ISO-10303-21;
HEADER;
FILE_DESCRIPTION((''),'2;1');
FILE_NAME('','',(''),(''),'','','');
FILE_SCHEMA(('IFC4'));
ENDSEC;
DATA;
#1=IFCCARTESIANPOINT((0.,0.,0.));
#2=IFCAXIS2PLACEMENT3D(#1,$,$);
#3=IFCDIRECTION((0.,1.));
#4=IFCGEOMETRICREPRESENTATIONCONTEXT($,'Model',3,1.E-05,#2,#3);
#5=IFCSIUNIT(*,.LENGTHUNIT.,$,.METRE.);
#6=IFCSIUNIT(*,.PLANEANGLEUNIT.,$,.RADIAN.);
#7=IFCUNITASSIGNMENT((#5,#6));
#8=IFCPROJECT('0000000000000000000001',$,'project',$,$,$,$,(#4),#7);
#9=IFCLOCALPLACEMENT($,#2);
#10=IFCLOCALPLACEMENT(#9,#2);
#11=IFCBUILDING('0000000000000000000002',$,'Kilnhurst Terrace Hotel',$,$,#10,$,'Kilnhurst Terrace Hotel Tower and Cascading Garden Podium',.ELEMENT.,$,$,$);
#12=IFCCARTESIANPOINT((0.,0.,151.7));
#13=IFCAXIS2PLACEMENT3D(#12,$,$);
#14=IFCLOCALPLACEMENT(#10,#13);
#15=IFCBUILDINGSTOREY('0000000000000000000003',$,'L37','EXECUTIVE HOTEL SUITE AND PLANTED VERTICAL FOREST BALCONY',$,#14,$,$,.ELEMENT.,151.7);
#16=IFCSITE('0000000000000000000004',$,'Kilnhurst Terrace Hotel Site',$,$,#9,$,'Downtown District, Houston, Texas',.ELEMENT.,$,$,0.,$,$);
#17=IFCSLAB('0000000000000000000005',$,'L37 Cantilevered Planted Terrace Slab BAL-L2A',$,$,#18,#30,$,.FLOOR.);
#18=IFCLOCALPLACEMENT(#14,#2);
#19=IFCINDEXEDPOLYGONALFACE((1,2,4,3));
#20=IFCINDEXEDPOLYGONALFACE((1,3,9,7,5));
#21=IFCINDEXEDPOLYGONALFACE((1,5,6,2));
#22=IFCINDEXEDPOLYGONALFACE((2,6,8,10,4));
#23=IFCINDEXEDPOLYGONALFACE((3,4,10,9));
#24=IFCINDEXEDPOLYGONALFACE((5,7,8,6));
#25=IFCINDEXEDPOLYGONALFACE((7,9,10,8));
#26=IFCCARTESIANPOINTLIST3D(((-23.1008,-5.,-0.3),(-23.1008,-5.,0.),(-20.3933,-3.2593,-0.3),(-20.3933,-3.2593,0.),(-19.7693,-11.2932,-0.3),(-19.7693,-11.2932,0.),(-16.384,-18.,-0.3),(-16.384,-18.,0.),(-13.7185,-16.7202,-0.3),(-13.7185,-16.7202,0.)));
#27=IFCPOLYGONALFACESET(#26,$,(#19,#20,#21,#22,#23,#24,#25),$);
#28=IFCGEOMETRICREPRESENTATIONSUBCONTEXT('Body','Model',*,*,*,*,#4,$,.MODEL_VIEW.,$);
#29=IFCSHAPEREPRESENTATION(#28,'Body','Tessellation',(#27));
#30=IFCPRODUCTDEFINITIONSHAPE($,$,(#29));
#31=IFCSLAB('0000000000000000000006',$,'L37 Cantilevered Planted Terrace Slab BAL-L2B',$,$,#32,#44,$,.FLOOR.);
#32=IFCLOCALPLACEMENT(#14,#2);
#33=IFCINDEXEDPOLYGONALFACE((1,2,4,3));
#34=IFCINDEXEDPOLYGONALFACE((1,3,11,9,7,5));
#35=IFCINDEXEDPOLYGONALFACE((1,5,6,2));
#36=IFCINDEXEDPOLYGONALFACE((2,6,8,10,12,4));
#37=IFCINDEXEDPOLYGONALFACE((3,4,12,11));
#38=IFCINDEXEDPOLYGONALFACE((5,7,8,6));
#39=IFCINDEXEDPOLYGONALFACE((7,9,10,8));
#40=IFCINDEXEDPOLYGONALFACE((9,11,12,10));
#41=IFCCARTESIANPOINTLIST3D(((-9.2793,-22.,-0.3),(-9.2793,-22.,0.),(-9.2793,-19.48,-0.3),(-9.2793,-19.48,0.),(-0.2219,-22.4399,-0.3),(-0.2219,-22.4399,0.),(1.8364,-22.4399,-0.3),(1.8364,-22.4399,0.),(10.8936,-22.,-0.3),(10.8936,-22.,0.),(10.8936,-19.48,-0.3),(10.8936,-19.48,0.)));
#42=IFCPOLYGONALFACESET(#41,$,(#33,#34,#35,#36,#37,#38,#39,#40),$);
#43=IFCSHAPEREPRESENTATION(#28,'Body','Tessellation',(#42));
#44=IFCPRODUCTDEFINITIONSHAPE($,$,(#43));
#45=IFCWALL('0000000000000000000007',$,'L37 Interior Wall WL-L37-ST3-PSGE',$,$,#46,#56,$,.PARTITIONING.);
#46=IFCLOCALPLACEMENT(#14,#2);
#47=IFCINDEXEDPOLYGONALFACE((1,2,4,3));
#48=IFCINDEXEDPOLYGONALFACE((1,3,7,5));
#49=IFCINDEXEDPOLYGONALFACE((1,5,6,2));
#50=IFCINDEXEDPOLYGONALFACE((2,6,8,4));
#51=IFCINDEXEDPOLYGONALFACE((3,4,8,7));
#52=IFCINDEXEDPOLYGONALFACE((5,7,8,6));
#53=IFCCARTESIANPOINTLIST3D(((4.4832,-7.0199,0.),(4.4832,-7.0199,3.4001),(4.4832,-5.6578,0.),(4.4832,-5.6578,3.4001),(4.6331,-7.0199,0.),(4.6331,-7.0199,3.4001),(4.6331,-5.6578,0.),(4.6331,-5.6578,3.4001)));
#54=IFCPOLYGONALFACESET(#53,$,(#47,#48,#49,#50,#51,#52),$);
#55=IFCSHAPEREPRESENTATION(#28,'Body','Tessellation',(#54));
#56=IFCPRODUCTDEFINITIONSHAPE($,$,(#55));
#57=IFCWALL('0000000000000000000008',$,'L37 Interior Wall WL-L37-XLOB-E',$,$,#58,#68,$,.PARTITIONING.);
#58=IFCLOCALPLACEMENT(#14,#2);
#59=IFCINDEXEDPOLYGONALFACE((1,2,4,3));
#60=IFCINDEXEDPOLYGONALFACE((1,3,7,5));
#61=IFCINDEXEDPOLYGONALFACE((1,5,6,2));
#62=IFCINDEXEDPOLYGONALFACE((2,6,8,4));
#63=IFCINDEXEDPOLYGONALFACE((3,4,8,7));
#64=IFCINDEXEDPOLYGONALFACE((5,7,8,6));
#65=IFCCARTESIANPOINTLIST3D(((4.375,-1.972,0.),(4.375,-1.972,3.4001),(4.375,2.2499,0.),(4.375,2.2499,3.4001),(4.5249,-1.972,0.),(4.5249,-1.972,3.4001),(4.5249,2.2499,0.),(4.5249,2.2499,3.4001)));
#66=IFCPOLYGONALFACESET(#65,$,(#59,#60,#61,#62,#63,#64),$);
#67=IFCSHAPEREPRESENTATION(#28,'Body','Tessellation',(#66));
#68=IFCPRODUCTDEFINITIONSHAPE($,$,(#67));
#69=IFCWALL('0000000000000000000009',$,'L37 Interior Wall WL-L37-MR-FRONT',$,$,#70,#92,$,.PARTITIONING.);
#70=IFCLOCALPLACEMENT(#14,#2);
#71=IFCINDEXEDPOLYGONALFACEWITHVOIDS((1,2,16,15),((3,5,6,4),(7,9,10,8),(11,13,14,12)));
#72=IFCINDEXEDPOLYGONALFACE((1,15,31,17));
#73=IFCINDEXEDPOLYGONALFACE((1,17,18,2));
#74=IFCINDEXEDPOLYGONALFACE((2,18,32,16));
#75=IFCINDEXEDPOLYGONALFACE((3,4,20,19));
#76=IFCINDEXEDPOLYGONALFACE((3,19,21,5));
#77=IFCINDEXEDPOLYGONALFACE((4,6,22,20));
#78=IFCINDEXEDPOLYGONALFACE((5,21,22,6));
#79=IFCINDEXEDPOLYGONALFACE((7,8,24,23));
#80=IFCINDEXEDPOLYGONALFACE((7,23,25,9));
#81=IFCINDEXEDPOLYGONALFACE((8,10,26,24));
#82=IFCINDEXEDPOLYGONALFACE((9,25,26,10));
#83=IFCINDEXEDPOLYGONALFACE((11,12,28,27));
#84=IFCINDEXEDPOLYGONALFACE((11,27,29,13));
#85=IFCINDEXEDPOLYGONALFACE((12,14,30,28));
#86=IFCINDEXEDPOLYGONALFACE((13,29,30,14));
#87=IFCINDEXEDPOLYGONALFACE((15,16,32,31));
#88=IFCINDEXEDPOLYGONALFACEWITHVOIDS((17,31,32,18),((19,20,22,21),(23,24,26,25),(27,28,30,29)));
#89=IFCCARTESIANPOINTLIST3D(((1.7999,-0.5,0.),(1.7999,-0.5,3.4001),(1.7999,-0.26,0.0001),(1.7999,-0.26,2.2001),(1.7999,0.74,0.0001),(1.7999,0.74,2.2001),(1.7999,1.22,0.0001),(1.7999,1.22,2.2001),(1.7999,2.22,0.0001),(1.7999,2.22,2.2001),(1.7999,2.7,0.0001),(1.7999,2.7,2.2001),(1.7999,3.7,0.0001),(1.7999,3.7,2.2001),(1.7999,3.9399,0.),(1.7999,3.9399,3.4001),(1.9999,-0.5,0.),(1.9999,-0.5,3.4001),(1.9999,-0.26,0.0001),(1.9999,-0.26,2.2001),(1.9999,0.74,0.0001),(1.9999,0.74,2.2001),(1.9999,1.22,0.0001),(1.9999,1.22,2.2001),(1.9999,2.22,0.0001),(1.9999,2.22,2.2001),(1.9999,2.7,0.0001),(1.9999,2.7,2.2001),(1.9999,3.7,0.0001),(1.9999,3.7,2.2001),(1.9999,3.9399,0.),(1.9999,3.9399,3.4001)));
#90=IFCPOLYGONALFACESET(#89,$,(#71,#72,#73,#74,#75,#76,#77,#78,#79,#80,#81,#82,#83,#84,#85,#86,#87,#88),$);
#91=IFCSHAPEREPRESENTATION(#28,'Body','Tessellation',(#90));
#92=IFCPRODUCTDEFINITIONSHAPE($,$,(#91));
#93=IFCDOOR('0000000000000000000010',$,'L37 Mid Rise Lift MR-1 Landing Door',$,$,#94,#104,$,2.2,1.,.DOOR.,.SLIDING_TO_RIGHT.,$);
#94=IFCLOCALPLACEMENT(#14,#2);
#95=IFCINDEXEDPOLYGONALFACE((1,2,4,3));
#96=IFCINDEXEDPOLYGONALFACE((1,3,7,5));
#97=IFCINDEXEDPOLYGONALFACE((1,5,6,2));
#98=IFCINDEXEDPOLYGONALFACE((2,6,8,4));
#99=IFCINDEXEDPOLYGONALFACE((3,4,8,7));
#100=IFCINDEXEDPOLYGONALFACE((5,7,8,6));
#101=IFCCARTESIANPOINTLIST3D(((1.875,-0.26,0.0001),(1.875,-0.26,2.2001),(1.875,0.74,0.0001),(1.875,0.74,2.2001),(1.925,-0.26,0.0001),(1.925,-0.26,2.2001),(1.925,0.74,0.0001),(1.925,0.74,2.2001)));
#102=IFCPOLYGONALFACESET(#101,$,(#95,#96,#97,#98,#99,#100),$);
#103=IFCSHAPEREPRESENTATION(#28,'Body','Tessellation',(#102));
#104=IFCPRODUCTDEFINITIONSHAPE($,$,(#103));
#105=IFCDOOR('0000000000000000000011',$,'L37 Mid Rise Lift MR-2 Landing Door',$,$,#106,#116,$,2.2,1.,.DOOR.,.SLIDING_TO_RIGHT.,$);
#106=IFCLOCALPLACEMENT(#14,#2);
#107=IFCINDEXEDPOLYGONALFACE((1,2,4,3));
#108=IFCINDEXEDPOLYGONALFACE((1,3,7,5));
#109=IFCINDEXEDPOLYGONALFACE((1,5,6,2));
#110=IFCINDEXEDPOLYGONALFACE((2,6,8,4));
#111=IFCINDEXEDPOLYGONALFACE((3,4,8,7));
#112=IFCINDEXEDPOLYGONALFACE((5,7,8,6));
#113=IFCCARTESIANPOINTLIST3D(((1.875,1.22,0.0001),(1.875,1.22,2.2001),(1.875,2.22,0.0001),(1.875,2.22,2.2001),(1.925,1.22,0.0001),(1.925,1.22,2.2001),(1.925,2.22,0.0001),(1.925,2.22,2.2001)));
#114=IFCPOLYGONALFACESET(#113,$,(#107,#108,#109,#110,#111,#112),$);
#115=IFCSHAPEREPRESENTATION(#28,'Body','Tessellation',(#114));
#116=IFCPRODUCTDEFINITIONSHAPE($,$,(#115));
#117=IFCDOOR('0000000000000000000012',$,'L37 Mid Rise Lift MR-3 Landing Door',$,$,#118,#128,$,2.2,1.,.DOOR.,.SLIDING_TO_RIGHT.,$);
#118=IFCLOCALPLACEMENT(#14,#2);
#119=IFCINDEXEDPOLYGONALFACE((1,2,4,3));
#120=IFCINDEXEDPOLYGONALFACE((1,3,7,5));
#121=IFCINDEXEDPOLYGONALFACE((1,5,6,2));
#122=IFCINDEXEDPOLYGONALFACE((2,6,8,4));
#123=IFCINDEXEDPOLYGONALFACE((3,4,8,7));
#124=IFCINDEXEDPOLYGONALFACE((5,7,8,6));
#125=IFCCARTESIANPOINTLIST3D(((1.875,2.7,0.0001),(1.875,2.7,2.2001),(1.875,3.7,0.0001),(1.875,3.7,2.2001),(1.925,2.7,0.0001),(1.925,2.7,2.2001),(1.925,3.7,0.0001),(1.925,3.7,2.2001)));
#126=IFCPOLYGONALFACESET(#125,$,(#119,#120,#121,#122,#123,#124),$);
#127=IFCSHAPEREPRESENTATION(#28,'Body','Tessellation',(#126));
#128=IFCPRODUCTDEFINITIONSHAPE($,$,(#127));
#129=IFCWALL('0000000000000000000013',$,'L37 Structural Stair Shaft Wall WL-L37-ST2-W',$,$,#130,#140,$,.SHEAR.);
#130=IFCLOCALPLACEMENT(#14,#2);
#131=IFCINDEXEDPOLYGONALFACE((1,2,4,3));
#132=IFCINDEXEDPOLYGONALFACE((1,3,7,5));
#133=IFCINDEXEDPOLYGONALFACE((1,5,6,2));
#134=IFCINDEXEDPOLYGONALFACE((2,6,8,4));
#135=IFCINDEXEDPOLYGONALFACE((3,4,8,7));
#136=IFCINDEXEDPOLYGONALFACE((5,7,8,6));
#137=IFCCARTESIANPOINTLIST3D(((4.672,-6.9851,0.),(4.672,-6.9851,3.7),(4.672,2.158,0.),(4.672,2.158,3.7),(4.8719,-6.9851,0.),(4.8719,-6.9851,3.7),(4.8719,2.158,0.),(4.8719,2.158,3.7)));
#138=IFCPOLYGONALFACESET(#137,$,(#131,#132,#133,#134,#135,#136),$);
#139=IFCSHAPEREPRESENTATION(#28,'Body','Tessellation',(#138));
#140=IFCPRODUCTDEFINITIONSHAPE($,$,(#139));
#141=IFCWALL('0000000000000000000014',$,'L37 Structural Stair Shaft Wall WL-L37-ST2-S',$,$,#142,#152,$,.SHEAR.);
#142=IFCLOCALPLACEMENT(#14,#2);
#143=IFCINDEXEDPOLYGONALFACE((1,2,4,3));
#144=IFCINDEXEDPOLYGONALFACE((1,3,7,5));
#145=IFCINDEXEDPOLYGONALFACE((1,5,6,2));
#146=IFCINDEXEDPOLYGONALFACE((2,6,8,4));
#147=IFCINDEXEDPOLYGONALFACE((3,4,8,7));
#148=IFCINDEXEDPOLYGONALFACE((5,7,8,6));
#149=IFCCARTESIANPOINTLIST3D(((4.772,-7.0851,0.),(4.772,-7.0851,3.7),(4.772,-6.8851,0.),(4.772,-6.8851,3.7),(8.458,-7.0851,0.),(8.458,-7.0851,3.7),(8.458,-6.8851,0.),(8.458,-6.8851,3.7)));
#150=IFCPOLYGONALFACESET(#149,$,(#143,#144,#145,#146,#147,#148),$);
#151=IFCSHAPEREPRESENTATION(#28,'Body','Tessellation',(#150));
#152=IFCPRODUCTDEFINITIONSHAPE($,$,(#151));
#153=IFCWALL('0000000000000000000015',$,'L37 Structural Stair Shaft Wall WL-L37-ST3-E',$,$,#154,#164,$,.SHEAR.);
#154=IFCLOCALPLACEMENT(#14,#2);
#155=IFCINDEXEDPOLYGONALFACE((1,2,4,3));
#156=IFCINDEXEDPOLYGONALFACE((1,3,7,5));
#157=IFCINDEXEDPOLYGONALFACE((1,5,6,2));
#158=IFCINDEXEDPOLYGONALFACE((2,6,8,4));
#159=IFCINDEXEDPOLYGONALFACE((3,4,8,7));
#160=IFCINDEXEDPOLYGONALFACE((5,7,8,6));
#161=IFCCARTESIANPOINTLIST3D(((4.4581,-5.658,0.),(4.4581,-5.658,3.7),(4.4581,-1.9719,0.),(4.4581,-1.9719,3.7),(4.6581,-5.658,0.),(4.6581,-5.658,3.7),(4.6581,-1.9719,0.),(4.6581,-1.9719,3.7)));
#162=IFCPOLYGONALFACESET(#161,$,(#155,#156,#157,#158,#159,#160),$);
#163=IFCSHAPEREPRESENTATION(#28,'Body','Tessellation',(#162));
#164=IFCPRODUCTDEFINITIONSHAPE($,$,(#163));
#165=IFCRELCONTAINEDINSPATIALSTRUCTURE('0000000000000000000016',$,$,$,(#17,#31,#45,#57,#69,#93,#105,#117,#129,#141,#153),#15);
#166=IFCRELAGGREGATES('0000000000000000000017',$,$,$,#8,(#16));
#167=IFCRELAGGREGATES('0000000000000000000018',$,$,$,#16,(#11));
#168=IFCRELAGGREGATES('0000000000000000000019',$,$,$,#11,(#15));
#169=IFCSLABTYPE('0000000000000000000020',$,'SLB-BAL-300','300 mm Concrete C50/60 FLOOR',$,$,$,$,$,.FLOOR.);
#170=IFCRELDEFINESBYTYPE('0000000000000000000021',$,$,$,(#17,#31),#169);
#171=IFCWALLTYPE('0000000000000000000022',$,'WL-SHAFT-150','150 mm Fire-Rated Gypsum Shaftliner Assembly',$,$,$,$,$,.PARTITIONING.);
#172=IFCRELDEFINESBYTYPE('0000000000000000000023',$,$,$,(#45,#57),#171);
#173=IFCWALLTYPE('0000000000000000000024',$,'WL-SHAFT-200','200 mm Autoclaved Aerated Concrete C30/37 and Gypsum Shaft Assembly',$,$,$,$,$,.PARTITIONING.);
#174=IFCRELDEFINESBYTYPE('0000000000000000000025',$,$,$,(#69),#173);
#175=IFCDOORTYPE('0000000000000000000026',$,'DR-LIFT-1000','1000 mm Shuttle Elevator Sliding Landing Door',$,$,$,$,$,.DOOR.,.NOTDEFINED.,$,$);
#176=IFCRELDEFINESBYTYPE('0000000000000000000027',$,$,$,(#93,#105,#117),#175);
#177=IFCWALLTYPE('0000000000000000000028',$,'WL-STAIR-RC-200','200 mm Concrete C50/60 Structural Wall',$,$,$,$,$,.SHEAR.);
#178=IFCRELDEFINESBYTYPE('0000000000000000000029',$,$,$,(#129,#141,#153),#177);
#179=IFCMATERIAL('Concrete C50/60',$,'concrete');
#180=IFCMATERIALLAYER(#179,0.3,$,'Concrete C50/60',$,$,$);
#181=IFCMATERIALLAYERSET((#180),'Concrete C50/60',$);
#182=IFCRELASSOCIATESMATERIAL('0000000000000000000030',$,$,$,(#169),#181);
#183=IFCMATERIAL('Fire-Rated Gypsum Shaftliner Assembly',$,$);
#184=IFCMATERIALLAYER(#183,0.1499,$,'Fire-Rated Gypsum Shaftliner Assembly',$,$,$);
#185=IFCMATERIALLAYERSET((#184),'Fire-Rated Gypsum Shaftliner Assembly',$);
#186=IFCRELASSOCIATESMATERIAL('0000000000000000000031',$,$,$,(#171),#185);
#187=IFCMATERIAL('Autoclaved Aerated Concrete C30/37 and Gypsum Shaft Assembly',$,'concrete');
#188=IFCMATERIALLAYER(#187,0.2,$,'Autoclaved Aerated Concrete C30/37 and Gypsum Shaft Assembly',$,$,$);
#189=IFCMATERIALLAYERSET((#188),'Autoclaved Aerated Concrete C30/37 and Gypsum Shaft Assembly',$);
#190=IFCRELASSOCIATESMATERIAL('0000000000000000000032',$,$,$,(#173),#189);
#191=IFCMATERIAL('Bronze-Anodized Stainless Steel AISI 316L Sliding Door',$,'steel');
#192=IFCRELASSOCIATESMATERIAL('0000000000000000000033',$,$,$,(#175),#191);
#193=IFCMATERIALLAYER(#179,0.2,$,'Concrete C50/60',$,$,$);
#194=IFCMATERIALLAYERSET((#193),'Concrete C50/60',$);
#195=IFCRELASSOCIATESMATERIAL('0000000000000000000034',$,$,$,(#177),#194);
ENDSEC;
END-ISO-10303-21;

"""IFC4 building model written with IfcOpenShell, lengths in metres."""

from ifc_helpers import new_model, si_unit, direction, frame, frame_2d, origin, place, context, subcontext, project, spatial, polyline, rectangle, outline, extrude, material, layer, layer_set, type_object, element, fill, save


model = new_model("IFC4")

# Units and contexts
model_context = context("Model", 3, precision=1e-05, world=origin(), true_north=direction((0.0, 1.0)))
body_context = subcontext(model_context, "Body", "Model", "MODEL_VIEW")
ifc_project = project(units=[si_unit("LENGTHUNIT", "METRE"), si_unit("PLANEANGLEUNIT", "RADIAN")], contexts=[model_context])

# Site, building, storey
site_placement = place(None, origin())
site = spatial("IfcSite", under=ifc_project, at=site_placement, Name="Kilnhurst Terrace Hotel Site", LongName="Downtown District, Houston, Texas", CompositionType="ELEMENT", RefElevation=0.0)
building_placement = place(site_placement, origin())
building = spatial("IfcBuilding", under=site, at=building_placement, Name="Kilnhurst Terrace Hotel", LongName="Kilnhurst Terrace Hotel Tower and Cascading Garden Podium", CompositionType="ELEMENT")
storey_placement = place(building_placement, frame((0.0, 0.0, 151.7)))
storey = spatial("IfcBuildingStorey", under=building, at=storey_placement, Name="L37", Description="EXECUTIVE HOTEL SUITE AND PLANTED VERTICAL FOREST BALCONY", CompositionType="ELEMENT", Elevation=151.7)

# Slabs
ifc_material_1 = material(Name="Concrete C50/60", Category="concrete")
ifc_layer_1 = layer(ifc_material_1, 0.3, Name="Concrete C50/60")
ifc_layer_set_1 = layer_set([ifc_layer_1], Name="Concrete C50/60")
slab_type = type_object("IfcSlabType", Name="SLB-BAL-300", Description="300 mm Concrete C50/60 FLOOR", PredefinedType="FLOOR", material=ifc_layer_set_1)
slab_1_placement = place(storey_placement, frame((0.0, 0.0, -0.3)))
element("IfcSlab", 1, at=slab_1_placement, inside=storey, type_object=slab_type, Name="L37 Cantilevered Planted Terrace Slab BAL-L2A", PredefinedType="FLOOR", context=body_context, shape_type="SweptSolid", body=[
    extrude(outline(polyline([(-23.1008, -5.0), (-20.3933, -3.2593), (-13.7185, -16.7202), (-16.384, -18.0), (-19.7693, -11.2932), (-23.1008, -5.0)])), origin(), (0.0, 0.0, 1.0), 0.3),
])
slab_2_placement = place(storey_placement, frame((0.0, 0.0, -0.3)))
element("IfcSlab", 2, at=slab_2_placement, inside=storey, type_object=slab_type, Name="L37 Cantilevered Planted Terrace Slab BAL-L2B", PredefinedType="FLOOR", context=body_context, shape_type="SweptSolid", body=[
    extrude(outline(polyline([(-0.2219, -22.4399), (-9.2793, -22.0), (-9.2793, -19.48), (10.8936, -19.48), (10.8936, -22.0), (1.8364, -22.4399), (-0.2219, -22.4399)])), origin(), (0.0, 0.0, 1.0), 0.3),
])

# Walls
ifc_material_2 = material(Name="Fire-Rated Gypsum Shaftliner Assembly")
ifc_layer_2 = layer(ifc_material_2, 0.1499, Name="Fire-Rated Gypsum Shaftliner Assembly")
ifc_layer_set_2 = layer_set([ifc_layer_2], Name="Fire-Rated Gypsum Shaftliner Assembly")
wall_type_1 = type_object("IfcWallType", Name="WL-SHAFT-150", Description="150 mm Fire-Rated Gypsum Shaftliner Assembly", PredefinedType="PARTITIONING", material=ifc_layer_set_2)
wall_1_placement = place(storey_placement, frame((4.5581, -7.02, 0.0), z_axis=(0.0, 0.0, 1.0), x_axis=(0.0, 1.0, 0.0)))
element("IfcWall", 3, at=wall_1_placement, inside=storey, type_object=wall_type_1, Name="L37 Interior Wall WL-L37-ST3-PSGE", PredefinedType="PARTITIONING", context=body_context, shape_type="SweptSolid", body=[
    extrude(rectangle(XDim=1.3621, YDim=0.1499, at=frame_2d((0.6812, 0.0))), origin(), (0.0, 0.0, 1.0), 3.4001),
])
wall_2_placement = place(storey_placement, frame((4.45, -1.9719, 0.0), z_axis=(0.0, 0.0, 1.0), x_axis=(0.0, 1.0, 0.0)))
element("IfcWall", 4, at=wall_2_placement, inside=storey, type_object=wall_type_1, Name="L37 Interior Wall WL-L37-XLOB-E", PredefinedType="PARTITIONING", context=body_context, shape_type="SweptSolid", body=[
    extrude(rectangle(XDim=4.2219, YDim=0.1499, at=frame_2d((2.1108, 0.0))), origin(), (0.0, 0.0, 1.0), 3.4001),
])

# Wall, openings, doors
ifc_material_3 = material(Name="Autoclaved Aerated Concrete C30/37 and Gypsum Shaft Assembly", Category="concrete")
ifc_layer_3 = layer(ifc_material_3, 0.2, Name="Autoclaved Aerated Concrete C30/37 and Gypsum Shaft Assembly")
ifc_layer_set_3 = layer_set([ifc_layer_3], Name="Autoclaved Aerated Concrete C30/37 and Gypsum Shaft Assembly")
wall_type_2 = type_object("IfcWallType", Name="WL-SHAFT-200", Description="200 mm Autoclaved Aerated Concrete C30/37 and Gypsum Shaft Assembly", PredefinedType="PARTITIONING", material=ifc_layer_set_3)
wall_3_placement = place(storey_placement, frame((1.8999, -0.5, 0.0), z_axis=(0.0, 0.0, 1.0), x_axis=(0.0, 1.0, 0.0)))
wall_3 = element("IfcWall", 5, at=wall_3_placement, inside=storey, type_object=wall_type_2, Name="L37 Interior Wall WL-L37-MR-FRONT", PredefinedType="PARTITIONING", context=body_context, shape_type="SweptSolid", body=[
    extrude(rectangle(XDim=4.4399, YDim=0.2, at=frame_2d((2.22, 0.0))), origin(), (0.0, 0.0, 1.0), 3.4001),
])
opening_1_placement = place(wall_3_placement, frame((0.24, 0.0, 0.0)))
opening_1 = element("IfcOpeningElement", 6, at=opening_1_placement, cuts=wall_3, PredefinedType="OPENING", context=body_context, shape_type="SweptSolid", body=[
    extrude(rectangle(XDim=1.0, YDim=2.2, at=frame_2d((0.5, 1.1001))), frame((0.0, 0.1099, 0.0), z_axis=(0.0, -1.0, 0.0), x_axis=(1.0, 0.0, 0.0)), (0.0, 0.0, 1.0), 0.22),
])
opening_2_placement = place(wall_3_placement, frame((1.72, 0.0, 0.0)))
opening_2 = element("IfcOpeningElement", 7, at=opening_2_placement, cuts=wall_3, PredefinedType="OPENING", context=body_context, shape_type="SweptSolid", body=[
    extrude(rectangle(XDim=1.0, YDim=2.2, at=frame_2d((0.5, 1.1001))), frame((0.0, 0.1099, 0.0), z_axis=(0.0, -1.0, 0.0), x_axis=(1.0, 0.0, 0.0)), (0.0, 0.0, 1.0), 0.22),
])
opening_3_placement = place(wall_3_placement, frame((3.2, 0.0, 0.0)))
opening_3 = element("IfcOpeningElement", 8, at=opening_3_placement, cuts=wall_3, PredefinedType="OPENING", context=body_context, shape_type="SweptSolid", body=[
    extrude(rectangle(XDim=1.0, YDim=2.2, at=frame_2d((0.5, 1.1001))), frame((0.0, 0.1099, 0.0), z_axis=(0.0, -1.0, 0.0), x_axis=(1.0, 0.0, 0.0)), (0.0, 0.0, 1.0), 0.22),
])
ifc_material_4 = material(Name="Bronze-Anodized Stainless Steel AISI 316L Sliding Door", Category="steel")
door_type = type_object("IfcDoorType", Name="DR-LIFT-1000", Description="1000 mm Shuttle Elevator Sliding Landing Door", OperationType="NOTDEFINED", PredefinedType="DOOR", material=ifc_material_4)
door_1_placement = place(opening_1_placement, origin())
door_1 = element("IfcDoor", 9, at=door_1_placement, inside=storey, type_object=door_type, Name="L37 Mid Rise Lift MR-1 Landing Door", OperationType="SLIDING_TO_RIGHT", OverallHeight=2.2, OverallWidth=1.0, PredefinedType="DOOR", context=body_context, shape_type="SweptSolid", body=[
    extrude(rectangle(XDim=1.0, YDim=2.2, at=frame_2d((0.5, 1.1001))), frame((0.0, 0.0249, 0.0), z_axis=(0.0, -1.0, 0.0), x_axis=(1.0, 0.0, 0.0)), (0.0, 0.0, 1.0), 0.05),
])
fill(opening_1, door_1)
door_2_placement = place(opening_2_placement, origin())
door_2 = element("IfcDoor", 10, at=door_2_placement, inside=storey, type_object=door_type, Name="L37 Mid Rise Lift MR-2 Landing Door", OperationType="SLIDING_TO_RIGHT", OverallHeight=2.2, OverallWidth=1.0, PredefinedType="DOOR", context=body_context, shape_type="SweptSolid", body=[
    extrude(rectangle(XDim=1.0, YDim=2.2, at=frame_2d((0.5, 1.1001))), frame((0.0, 0.0249, 0.0), z_axis=(0.0, -1.0, 0.0), x_axis=(1.0, 0.0, 0.0)), (0.0, 0.0, 1.0), 0.05),
])
fill(opening_2, door_2)
door_3_placement = place(opening_3_placement, origin())
door_3 = element("IfcDoor", 11, at=door_3_placement, inside=storey, type_object=door_type, Name="L37 Mid Rise Lift MR-3 Landing Door", OperationType="SLIDING_TO_RIGHT", OverallHeight=2.2, OverallWidth=1.0, PredefinedType="DOOR", context=body_context, shape_type="SweptSolid", body=[
    extrude(rectangle(XDim=1.0, YDim=2.2, at=frame_2d((0.5, 1.1001))), frame((0.0, 0.0249, 0.0), z_axis=(0.0, -1.0, 0.0), x_axis=(1.0, 0.0, 0.0)), (0.0, 0.0, 1.0), 0.05),
])
fill(opening_3, door_3)

# Walls
ifc_layer_4 = layer(ifc_material_1, 0.2, Name="Concrete C50/60")
ifc_layer_set_4 = layer_set([ifc_layer_4], Name="Concrete C50/60")
wall_type_3 = type_object("IfcWallType", Name="WL-STAIR-RC-200", Description="200 mm Concrete C50/60 Structural Wall", PredefinedType="SHEAR", material=ifc_layer_set_4)
wall_4_placement = place(storey_placement, frame((4.772, -6.9851, 0.0), z_axis=(0.0, 0.0, 1.0), x_axis=(0.0, 1.0, 0.0)))
element("IfcWall", 12, at=wall_4_placement, inside=storey, type_object=wall_type_3, Name="L37 Structural Stair Shaft Wall WL-L37-ST2-W", PredefinedType="SHEAR", context=body_context, shape_type="SweptSolid", body=[
    extrude(rectangle(XDim=9.1431, YDim=0.2, at=frame_2d((4.5715, 0.0))), origin(), (0.0, 0.0, 1.0), 3.7),
])
for number, where, z_axis, x_axis, name in (
    (13, (4.772, -6.9851, 0.0), (0.0, 0.0, 1.0), (1.0, 0.0, 0.0), "L37 Structural Stair Shaft Wall WL-L37-ST2-S"),
    (14, (4.5581, -5.658, 0.0), (0.0, 0.0, 1.0), (0.0, 1.0, 0.0), "L37 Structural Stair Shaft Wall WL-L37-ST3-E"),
):
    element("IfcWall", number, at=place(storey_placement, frame(where, z_axis=z_axis, x_axis=x_axis)), inside=storey, type_object=wall_type_3, Name=name, PredefinedType="SHEAR", context=body_context, shape_type="SweptSolid", body=[
        extrude(rectangle(XDim=3.686, YDim=0.2, at=frame_2d((1.843, 0.0))), origin(), (0.0, 0.0, 1.0), 3.7),
    ])

save(model, "model.ifc")
